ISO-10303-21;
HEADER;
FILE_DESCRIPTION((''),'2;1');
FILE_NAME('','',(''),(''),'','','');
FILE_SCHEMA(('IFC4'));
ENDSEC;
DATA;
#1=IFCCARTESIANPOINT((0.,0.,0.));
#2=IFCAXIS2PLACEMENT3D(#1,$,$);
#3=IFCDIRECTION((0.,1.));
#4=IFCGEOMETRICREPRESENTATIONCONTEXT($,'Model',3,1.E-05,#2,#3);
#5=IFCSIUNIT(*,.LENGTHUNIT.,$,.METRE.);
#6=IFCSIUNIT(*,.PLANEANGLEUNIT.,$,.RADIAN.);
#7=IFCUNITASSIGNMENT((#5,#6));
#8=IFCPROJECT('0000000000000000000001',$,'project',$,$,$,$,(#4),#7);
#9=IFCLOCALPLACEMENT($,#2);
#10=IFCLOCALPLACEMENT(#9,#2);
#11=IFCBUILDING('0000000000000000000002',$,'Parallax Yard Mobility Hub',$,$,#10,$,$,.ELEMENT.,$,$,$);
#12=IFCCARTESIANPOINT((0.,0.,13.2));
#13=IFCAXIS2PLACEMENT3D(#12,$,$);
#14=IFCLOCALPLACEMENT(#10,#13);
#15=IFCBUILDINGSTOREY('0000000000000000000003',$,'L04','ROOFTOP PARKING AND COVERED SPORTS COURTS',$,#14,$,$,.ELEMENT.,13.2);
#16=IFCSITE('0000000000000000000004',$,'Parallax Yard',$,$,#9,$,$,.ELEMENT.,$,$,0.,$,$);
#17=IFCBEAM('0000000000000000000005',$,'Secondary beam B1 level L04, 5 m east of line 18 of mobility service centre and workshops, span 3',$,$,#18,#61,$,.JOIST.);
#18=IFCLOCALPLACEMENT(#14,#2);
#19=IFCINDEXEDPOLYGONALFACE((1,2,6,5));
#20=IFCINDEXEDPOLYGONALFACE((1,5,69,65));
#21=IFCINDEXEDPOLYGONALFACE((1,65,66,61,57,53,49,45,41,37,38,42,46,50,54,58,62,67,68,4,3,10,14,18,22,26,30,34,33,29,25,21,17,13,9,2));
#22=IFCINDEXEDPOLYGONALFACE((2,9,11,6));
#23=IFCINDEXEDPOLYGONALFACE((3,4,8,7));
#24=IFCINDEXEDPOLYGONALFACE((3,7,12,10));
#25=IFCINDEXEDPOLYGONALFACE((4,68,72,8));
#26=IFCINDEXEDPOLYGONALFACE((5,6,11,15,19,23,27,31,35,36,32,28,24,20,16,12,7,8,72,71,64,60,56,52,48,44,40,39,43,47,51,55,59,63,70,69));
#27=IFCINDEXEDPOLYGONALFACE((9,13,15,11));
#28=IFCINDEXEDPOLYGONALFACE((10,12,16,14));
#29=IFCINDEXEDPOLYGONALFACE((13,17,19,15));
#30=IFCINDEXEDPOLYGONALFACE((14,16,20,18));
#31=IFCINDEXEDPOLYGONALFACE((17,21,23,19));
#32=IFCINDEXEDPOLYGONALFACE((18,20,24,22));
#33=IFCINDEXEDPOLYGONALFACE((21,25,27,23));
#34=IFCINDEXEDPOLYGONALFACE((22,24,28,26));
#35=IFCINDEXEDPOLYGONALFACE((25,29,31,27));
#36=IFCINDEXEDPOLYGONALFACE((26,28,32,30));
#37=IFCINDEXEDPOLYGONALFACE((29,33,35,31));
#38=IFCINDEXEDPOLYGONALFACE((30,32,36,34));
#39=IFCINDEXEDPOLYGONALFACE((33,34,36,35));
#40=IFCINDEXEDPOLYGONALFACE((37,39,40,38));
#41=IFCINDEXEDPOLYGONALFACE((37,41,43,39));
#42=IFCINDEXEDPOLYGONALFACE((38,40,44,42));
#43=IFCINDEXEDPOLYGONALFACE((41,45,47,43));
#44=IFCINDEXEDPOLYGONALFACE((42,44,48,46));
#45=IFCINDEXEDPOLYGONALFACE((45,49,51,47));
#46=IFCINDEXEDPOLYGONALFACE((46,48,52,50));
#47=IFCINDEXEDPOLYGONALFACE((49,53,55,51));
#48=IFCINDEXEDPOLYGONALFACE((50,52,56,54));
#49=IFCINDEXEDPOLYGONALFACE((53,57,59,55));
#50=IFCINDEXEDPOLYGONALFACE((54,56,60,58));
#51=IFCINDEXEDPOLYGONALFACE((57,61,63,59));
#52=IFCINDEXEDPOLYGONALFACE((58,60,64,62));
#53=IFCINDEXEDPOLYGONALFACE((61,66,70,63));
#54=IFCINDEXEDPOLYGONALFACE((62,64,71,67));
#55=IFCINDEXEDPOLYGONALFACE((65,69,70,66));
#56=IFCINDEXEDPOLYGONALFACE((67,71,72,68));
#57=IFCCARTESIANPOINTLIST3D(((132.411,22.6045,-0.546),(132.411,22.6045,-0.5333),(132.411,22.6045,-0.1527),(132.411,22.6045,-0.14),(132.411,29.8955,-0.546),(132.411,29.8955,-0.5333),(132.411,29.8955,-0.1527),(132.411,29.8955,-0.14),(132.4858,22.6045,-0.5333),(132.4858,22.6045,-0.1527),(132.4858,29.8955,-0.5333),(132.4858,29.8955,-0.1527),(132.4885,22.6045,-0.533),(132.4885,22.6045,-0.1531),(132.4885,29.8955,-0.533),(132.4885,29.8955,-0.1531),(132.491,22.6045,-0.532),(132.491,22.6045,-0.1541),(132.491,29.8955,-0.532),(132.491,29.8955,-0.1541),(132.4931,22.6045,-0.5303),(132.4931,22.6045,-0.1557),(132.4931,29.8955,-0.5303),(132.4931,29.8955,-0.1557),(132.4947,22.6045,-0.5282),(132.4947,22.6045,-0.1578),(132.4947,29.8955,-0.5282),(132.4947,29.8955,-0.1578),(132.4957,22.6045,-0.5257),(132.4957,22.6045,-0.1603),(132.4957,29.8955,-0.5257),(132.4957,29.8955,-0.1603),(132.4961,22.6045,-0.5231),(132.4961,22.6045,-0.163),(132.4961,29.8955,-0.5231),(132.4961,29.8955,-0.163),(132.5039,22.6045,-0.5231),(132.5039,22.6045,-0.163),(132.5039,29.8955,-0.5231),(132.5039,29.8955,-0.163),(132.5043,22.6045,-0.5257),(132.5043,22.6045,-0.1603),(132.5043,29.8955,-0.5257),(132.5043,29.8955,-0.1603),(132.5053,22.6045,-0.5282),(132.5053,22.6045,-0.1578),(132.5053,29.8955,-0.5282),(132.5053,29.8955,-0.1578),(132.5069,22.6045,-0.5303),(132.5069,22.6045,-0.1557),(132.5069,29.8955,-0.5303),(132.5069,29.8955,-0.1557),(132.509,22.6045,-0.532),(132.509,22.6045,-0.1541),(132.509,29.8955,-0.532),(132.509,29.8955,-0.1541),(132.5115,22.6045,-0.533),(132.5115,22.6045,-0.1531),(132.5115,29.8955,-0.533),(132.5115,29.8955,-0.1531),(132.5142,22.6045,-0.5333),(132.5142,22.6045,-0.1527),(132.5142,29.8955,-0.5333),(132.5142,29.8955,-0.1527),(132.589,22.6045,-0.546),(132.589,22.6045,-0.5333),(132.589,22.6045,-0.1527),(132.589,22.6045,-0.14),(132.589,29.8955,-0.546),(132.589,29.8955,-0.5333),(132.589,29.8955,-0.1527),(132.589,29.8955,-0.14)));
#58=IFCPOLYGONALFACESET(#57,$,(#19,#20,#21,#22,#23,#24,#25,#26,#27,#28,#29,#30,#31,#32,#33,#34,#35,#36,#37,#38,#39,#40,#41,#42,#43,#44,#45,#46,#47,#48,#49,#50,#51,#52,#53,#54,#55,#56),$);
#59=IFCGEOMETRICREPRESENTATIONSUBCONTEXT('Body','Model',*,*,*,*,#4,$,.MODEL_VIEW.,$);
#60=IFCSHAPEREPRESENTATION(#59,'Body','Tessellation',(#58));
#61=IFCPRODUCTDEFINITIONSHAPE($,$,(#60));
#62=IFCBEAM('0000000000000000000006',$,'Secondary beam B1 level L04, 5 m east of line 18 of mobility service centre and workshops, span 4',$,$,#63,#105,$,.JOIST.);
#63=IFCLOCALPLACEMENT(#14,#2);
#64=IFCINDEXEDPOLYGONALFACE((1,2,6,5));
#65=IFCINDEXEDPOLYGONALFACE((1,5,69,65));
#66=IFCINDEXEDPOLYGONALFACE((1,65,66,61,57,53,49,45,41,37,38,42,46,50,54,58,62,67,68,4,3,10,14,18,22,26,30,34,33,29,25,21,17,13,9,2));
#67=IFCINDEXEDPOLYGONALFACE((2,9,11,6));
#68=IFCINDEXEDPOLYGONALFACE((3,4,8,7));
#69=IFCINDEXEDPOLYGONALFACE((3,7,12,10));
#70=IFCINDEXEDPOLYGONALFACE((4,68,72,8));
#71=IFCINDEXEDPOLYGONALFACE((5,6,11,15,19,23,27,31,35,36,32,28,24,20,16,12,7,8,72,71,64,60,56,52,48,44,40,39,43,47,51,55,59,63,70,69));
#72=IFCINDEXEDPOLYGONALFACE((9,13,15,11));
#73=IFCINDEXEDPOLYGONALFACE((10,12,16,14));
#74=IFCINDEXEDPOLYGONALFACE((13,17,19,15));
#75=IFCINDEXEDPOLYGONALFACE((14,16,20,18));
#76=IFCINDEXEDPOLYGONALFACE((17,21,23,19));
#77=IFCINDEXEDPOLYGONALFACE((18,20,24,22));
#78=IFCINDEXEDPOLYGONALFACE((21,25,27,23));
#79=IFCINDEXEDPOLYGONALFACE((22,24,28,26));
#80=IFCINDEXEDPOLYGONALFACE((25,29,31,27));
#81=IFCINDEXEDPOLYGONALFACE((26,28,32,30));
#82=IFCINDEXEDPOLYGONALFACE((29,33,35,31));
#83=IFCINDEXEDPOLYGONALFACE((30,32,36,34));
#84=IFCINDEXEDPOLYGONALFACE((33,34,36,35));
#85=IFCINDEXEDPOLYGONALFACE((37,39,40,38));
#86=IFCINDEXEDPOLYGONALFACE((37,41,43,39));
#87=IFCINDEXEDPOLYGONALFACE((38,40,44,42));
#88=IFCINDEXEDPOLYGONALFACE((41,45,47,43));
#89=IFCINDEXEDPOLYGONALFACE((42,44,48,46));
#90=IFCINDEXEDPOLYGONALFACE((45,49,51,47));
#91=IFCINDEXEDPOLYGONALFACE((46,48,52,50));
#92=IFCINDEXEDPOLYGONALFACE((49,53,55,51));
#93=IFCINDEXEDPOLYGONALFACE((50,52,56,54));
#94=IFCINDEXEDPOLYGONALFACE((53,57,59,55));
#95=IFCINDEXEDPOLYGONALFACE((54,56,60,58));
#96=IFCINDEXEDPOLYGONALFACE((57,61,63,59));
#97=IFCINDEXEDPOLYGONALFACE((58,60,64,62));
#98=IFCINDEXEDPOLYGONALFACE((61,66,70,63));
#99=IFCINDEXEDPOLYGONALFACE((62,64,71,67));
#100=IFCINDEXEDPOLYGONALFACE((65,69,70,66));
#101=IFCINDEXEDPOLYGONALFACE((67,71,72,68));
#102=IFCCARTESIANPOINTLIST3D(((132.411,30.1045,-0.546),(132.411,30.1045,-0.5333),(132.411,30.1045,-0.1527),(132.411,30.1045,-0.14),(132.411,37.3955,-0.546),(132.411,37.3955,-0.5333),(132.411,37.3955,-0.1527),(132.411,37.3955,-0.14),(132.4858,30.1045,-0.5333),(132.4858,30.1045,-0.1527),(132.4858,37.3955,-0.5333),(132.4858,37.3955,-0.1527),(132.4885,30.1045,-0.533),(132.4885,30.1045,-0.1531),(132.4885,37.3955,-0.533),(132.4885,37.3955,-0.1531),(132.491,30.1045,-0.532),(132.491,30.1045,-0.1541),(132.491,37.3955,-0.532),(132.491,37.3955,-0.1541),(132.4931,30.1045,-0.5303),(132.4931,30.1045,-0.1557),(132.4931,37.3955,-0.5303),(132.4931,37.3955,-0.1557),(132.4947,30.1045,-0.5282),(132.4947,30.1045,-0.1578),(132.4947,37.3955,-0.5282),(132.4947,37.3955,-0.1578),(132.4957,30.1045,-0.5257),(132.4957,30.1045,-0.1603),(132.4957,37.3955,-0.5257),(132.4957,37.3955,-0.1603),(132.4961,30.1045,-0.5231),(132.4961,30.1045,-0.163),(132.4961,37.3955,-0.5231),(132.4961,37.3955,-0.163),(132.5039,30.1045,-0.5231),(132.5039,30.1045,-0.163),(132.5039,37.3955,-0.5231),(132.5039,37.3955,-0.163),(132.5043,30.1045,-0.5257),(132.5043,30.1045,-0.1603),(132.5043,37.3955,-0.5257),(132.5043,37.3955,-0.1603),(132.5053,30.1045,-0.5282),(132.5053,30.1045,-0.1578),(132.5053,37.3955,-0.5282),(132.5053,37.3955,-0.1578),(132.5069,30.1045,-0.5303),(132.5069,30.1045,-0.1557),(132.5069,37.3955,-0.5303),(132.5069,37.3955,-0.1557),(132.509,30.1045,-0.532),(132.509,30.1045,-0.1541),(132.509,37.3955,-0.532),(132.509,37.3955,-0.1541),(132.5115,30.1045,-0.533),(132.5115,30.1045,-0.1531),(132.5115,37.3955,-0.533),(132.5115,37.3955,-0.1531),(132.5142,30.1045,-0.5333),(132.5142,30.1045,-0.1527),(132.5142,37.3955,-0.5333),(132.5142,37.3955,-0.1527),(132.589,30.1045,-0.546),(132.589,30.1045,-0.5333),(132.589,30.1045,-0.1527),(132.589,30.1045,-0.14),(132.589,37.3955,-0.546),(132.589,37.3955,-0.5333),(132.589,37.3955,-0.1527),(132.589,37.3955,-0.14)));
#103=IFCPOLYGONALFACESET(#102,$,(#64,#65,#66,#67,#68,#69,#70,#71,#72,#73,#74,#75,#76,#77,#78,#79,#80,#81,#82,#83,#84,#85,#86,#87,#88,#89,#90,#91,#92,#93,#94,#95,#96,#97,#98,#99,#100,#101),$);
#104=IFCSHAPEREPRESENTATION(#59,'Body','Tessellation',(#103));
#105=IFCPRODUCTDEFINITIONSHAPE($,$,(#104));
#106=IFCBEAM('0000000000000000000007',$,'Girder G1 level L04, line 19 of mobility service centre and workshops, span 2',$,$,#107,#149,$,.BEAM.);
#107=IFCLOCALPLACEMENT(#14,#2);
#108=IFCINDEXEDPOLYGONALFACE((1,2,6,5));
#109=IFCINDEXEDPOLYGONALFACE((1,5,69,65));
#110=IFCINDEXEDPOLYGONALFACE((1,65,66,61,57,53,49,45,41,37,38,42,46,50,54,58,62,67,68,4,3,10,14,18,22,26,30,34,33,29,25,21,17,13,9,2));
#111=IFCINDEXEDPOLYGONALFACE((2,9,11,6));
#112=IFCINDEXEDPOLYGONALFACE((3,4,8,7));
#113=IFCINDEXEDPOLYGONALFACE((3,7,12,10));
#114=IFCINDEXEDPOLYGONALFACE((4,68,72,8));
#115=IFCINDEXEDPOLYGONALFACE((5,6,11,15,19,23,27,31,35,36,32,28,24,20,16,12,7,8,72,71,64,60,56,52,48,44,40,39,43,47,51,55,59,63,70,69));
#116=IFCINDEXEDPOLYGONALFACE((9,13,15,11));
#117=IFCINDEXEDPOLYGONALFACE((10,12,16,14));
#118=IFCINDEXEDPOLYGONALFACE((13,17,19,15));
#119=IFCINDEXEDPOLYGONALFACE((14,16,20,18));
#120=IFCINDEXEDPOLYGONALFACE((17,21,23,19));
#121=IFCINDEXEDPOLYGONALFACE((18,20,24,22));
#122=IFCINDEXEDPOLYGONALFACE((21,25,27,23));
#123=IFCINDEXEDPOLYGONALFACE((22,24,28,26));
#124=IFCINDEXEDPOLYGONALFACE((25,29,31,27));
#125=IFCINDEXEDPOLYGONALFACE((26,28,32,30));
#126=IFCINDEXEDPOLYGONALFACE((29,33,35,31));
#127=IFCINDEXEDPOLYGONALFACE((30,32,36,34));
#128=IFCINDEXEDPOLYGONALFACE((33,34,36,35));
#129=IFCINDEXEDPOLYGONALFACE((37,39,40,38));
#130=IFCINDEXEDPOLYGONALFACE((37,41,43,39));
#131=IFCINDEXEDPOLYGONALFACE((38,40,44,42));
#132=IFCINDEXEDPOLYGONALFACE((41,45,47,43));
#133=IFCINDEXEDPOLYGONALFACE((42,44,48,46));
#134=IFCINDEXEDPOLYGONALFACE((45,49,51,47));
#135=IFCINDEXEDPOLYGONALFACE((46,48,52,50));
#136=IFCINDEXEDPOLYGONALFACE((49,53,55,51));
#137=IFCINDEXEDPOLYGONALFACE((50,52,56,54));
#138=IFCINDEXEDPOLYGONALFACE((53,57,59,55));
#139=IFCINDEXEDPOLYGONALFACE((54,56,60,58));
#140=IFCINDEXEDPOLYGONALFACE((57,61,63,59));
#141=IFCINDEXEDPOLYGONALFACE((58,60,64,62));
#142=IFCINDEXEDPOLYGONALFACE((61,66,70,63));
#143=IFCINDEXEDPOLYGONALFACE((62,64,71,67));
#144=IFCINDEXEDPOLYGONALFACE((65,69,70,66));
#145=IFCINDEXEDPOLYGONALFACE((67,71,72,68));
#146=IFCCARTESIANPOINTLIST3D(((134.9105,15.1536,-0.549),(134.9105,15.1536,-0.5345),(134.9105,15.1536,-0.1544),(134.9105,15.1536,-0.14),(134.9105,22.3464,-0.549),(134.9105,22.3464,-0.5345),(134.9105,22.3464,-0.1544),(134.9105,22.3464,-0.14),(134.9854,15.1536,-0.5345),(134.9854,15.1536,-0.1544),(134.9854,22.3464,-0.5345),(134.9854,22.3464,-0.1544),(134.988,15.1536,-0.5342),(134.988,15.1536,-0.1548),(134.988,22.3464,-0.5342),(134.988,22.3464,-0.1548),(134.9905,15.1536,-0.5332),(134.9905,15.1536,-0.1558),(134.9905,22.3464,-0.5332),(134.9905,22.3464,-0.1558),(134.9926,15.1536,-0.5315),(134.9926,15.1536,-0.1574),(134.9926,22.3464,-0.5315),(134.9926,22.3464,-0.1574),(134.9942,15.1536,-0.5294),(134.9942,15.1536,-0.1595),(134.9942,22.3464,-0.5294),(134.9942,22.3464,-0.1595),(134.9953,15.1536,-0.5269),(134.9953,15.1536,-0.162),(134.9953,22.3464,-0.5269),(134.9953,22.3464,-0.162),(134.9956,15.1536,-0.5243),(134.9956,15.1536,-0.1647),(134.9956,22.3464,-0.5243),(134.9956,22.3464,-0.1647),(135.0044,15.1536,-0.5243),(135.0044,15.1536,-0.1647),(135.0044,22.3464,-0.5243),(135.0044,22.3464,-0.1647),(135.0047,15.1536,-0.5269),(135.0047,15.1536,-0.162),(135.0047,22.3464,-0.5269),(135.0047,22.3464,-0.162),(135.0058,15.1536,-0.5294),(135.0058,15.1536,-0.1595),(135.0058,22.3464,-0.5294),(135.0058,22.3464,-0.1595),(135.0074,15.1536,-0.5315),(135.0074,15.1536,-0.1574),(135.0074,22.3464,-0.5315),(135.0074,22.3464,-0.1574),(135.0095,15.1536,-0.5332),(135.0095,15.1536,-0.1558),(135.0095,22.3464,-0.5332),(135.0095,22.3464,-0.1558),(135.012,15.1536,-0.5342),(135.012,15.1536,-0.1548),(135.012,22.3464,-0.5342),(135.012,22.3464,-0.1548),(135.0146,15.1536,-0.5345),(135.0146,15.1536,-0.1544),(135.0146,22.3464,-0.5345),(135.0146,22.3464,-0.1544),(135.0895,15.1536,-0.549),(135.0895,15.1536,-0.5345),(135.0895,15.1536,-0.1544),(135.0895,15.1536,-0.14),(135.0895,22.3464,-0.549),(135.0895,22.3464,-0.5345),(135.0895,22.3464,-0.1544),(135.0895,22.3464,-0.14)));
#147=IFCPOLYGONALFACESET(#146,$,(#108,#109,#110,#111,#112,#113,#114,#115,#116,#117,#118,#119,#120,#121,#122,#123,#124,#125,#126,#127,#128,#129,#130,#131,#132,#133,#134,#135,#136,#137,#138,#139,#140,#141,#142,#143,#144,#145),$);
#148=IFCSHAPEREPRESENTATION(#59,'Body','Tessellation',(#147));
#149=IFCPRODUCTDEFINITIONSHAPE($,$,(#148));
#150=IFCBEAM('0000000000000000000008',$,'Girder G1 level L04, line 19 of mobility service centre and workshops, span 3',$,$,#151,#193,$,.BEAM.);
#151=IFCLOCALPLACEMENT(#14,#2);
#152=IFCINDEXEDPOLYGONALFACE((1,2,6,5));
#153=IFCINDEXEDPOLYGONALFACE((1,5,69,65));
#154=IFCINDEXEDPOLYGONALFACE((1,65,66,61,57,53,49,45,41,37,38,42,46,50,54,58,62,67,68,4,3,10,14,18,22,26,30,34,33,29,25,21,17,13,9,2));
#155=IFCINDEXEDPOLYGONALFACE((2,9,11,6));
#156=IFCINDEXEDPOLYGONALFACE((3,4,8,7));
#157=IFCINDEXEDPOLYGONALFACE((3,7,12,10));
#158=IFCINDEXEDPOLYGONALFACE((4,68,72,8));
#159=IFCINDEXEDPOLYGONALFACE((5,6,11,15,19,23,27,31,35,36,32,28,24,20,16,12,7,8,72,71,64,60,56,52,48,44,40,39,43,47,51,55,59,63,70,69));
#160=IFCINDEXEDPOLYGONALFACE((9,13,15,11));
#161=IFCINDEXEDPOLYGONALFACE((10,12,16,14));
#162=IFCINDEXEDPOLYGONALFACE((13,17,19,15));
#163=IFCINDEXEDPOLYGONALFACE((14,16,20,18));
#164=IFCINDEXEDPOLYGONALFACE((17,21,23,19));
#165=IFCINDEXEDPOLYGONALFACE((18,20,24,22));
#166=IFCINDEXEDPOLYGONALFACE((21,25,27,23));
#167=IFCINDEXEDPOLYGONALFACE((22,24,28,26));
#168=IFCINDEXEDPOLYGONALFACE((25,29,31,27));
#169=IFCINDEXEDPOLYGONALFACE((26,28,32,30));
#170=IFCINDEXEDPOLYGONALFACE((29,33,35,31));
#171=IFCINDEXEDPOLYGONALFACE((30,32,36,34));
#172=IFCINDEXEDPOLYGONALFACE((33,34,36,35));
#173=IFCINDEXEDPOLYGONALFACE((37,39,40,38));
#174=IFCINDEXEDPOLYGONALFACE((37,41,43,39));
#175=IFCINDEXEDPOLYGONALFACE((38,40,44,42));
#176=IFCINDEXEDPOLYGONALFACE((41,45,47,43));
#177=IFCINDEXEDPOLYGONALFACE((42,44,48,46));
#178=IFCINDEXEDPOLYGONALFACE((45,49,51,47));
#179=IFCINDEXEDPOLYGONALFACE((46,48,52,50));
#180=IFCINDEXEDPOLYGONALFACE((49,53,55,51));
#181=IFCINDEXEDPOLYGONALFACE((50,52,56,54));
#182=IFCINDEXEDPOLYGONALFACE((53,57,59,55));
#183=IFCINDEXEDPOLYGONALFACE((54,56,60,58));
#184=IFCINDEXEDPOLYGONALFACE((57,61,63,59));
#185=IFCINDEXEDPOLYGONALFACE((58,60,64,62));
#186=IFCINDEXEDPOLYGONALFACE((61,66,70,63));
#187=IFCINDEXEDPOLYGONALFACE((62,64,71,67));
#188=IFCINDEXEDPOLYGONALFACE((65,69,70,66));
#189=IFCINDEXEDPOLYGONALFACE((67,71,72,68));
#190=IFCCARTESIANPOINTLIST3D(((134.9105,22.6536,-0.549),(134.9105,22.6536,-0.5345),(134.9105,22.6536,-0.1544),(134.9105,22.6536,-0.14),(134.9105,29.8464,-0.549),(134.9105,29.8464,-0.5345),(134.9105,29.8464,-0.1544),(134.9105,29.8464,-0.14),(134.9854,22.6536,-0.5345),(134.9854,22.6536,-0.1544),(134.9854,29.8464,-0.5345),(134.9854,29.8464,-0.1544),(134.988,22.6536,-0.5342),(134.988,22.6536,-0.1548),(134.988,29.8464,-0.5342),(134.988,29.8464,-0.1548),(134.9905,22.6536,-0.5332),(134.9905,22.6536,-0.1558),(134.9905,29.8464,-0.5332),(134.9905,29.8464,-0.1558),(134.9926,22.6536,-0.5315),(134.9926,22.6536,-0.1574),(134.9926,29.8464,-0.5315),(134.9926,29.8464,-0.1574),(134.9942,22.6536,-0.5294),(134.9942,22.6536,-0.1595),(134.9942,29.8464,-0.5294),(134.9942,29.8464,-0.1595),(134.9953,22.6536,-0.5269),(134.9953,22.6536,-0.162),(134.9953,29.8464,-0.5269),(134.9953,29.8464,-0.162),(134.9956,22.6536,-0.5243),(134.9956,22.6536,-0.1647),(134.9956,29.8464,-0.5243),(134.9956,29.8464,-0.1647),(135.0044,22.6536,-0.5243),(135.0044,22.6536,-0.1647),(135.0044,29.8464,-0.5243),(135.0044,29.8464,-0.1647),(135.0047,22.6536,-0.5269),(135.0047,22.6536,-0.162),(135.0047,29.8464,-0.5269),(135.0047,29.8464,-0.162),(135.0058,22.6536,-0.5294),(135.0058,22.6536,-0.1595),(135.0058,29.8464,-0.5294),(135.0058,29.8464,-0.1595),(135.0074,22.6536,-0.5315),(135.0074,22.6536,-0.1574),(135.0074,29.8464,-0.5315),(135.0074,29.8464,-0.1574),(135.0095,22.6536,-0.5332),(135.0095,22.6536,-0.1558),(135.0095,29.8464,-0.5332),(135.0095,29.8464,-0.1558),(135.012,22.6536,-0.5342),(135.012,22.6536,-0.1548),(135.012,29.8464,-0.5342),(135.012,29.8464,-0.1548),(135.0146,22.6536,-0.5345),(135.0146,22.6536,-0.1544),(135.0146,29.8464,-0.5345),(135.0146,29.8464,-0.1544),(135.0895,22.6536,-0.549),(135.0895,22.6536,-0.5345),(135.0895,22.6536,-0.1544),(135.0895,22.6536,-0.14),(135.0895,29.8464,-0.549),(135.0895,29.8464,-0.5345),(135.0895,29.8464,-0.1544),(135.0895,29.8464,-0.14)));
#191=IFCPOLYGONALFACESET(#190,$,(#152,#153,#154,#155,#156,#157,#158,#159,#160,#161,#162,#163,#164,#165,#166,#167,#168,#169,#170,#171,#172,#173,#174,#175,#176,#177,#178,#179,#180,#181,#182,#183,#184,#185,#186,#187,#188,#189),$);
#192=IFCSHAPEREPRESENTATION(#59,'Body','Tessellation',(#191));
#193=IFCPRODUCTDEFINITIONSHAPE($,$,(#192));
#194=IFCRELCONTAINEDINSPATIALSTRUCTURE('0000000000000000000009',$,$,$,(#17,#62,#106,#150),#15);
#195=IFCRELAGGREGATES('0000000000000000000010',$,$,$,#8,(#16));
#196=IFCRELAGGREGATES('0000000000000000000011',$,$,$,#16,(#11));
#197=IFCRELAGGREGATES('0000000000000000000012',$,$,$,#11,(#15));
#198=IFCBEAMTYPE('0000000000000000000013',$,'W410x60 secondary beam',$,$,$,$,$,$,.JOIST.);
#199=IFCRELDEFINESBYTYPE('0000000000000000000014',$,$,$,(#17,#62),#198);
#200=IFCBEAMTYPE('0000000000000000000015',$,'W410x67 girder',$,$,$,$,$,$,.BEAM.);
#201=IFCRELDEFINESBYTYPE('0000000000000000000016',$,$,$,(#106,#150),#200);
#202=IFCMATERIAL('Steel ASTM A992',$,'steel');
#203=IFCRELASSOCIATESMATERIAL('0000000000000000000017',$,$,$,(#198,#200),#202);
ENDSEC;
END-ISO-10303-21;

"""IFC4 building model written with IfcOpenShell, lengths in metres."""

from ifc_helpers import new_model, si_unit, direction, frame, origin, origin_2d, place, context, subcontext, project, spatial, i_section, extrude, material, material_profile, profile_set, type_object, element, save


model = new_model("IFC4")

# Units and contexts
model_context = context("Model", 3, precision=1e-05, world=origin(), true_north=direction((0.0, 1.0)))
body_context = subcontext(model_context, "Body", "Model", "MODEL_VIEW")
ifc_project = project(units=[si_unit("LENGTHUNIT", "METRE"), si_unit("PLANEANGLEUNIT", "RADIAN")], contexts=[model_context])

# Site, building, storey
site_placement = place(None, origin())
site = spatial("IfcSite", under=ifc_project, at=site_placement, Name="Parallax Yard", CompositionType="ELEMENT", RefElevation=0.0)
building_placement = place(site_placement, origin())
building = spatial("IfcBuilding", under=site, at=building_placement, Name="Parallax Yard Mobility Hub", CompositionType="ELEMENT")
storey_placement = place(building_placement, frame((0.0, 0.0, 13.2)))
storey = spatial("IfcBuildingStorey", under=building, at=storey_placement, Name="L04", Description="ROOFTOP PARKING AND COVERED SPORTS COURTS", CompositionType="ELEMENT", Elevation=13.2)

# Beams
ifc_material_1 = material(Name="Steel ASTM A992", Category="steel")
ifc_material_profile_1 = material_profile(ifc_material_1, i_section(OverallWidth=0.178, OverallDepth=0.406, WebThickness=0.0078, FlangeThickness=0.0127, FilletRadius=0.0103, at=origin_2d()), Name="W410x60")
ifc_profile_set_1 = profile_set([ifc_material_profile_1], Name="Steel ASTM A992")
beam_type_1 = type_object("IfcBeamType", Name="W410x60 secondary beam", PredefinedType="JOIST", material=ifc_profile_set_1)
for number, where, z_axis, x_axis, name in (
    (1, (132.5, 22.6045, -0.343), (0.0, 1.0, 0.0), (-1.0, 0.0, 0.0), "Secondary beam B1 level L04, 5 m east of line 18 of mobility service centre and workshops, span 3"),
    (2, (132.5, 30.1045, -0.343), (0.0, 1.0, 0.0), (-1.0, 0.0, 0.0), "Secondary beam B1 level L04, 5 m east of line 18 of mobility service centre and workshops, span 4"),
):
    element("IfcBeam", number, at=place(storey_placement, frame(where, z_axis=z_axis, x_axis=x_axis)), inside=storey, type_object=beam_type_1, Name=name, PredefinedType="JOIST", context=body_context, shape_type="SweptSolid", body=[
        extrude(i_section(OverallWidth=0.178, OverallDepth=0.406, WebThickness=0.0078, FlangeThickness=0.0127, FilletRadius=0.0103, at=origin_2d()), origin(), (0.0, 0.0, 1.0), 7.291),
    ])
ifc_material_profile_2 = material_profile(ifc_material_1, i_section(OverallWidth=0.179, OverallDepth=0.4089, WebThickness=0.0088, FlangeThickness=0.0144, FilletRadius=0.0103, at=origin_2d()), Name="W410x67")
ifc_profile_set_2 = profile_set([ifc_material_profile_2], Name="Steel ASTM A992")
beam_type_2 = type_object("IfcBeamType", Name="W410x67 girder", PredefinedType="BEAM", material=ifc_profile_set_2)
for number, where, z_axis, x_axis, name in (
    (3, (135.0, 15.1536, -0.3445), (0.0, 1.0, 0.0), (-1.0, 0.0, 0.0), "Girder G1 level L04, line 19 of mobility service centre and workshops, span 2"),
    (4, (135.0, 22.6536, -0.3445), (0.0, 1.0, 0.0), (-1.0, 0.0, 0.0), "Girder G1 level L04, line 19 of mobility service centre and workshops, span 3"),
):
    element("IfcBeam", number, at=place(storey_placement, frame(where, z_axis=z_axis, x_axis=x_axis)), inside=storey, type_object=beam_type_2, Name=name, PredefinedType="BEAM", context=body_context, shape_type="SweptSolid", body=[
        extrude(i_section(OverallWidth=0.179, OverallDepth=0.4089, WebThickness=0.0088, FlangeThickness=0.0144, FilletRadius=0.0103, at=origin_2d()), origin(), (0.0, 0.0, 1.0), 7.1929),
    ])

save(model, "model.ifc")
